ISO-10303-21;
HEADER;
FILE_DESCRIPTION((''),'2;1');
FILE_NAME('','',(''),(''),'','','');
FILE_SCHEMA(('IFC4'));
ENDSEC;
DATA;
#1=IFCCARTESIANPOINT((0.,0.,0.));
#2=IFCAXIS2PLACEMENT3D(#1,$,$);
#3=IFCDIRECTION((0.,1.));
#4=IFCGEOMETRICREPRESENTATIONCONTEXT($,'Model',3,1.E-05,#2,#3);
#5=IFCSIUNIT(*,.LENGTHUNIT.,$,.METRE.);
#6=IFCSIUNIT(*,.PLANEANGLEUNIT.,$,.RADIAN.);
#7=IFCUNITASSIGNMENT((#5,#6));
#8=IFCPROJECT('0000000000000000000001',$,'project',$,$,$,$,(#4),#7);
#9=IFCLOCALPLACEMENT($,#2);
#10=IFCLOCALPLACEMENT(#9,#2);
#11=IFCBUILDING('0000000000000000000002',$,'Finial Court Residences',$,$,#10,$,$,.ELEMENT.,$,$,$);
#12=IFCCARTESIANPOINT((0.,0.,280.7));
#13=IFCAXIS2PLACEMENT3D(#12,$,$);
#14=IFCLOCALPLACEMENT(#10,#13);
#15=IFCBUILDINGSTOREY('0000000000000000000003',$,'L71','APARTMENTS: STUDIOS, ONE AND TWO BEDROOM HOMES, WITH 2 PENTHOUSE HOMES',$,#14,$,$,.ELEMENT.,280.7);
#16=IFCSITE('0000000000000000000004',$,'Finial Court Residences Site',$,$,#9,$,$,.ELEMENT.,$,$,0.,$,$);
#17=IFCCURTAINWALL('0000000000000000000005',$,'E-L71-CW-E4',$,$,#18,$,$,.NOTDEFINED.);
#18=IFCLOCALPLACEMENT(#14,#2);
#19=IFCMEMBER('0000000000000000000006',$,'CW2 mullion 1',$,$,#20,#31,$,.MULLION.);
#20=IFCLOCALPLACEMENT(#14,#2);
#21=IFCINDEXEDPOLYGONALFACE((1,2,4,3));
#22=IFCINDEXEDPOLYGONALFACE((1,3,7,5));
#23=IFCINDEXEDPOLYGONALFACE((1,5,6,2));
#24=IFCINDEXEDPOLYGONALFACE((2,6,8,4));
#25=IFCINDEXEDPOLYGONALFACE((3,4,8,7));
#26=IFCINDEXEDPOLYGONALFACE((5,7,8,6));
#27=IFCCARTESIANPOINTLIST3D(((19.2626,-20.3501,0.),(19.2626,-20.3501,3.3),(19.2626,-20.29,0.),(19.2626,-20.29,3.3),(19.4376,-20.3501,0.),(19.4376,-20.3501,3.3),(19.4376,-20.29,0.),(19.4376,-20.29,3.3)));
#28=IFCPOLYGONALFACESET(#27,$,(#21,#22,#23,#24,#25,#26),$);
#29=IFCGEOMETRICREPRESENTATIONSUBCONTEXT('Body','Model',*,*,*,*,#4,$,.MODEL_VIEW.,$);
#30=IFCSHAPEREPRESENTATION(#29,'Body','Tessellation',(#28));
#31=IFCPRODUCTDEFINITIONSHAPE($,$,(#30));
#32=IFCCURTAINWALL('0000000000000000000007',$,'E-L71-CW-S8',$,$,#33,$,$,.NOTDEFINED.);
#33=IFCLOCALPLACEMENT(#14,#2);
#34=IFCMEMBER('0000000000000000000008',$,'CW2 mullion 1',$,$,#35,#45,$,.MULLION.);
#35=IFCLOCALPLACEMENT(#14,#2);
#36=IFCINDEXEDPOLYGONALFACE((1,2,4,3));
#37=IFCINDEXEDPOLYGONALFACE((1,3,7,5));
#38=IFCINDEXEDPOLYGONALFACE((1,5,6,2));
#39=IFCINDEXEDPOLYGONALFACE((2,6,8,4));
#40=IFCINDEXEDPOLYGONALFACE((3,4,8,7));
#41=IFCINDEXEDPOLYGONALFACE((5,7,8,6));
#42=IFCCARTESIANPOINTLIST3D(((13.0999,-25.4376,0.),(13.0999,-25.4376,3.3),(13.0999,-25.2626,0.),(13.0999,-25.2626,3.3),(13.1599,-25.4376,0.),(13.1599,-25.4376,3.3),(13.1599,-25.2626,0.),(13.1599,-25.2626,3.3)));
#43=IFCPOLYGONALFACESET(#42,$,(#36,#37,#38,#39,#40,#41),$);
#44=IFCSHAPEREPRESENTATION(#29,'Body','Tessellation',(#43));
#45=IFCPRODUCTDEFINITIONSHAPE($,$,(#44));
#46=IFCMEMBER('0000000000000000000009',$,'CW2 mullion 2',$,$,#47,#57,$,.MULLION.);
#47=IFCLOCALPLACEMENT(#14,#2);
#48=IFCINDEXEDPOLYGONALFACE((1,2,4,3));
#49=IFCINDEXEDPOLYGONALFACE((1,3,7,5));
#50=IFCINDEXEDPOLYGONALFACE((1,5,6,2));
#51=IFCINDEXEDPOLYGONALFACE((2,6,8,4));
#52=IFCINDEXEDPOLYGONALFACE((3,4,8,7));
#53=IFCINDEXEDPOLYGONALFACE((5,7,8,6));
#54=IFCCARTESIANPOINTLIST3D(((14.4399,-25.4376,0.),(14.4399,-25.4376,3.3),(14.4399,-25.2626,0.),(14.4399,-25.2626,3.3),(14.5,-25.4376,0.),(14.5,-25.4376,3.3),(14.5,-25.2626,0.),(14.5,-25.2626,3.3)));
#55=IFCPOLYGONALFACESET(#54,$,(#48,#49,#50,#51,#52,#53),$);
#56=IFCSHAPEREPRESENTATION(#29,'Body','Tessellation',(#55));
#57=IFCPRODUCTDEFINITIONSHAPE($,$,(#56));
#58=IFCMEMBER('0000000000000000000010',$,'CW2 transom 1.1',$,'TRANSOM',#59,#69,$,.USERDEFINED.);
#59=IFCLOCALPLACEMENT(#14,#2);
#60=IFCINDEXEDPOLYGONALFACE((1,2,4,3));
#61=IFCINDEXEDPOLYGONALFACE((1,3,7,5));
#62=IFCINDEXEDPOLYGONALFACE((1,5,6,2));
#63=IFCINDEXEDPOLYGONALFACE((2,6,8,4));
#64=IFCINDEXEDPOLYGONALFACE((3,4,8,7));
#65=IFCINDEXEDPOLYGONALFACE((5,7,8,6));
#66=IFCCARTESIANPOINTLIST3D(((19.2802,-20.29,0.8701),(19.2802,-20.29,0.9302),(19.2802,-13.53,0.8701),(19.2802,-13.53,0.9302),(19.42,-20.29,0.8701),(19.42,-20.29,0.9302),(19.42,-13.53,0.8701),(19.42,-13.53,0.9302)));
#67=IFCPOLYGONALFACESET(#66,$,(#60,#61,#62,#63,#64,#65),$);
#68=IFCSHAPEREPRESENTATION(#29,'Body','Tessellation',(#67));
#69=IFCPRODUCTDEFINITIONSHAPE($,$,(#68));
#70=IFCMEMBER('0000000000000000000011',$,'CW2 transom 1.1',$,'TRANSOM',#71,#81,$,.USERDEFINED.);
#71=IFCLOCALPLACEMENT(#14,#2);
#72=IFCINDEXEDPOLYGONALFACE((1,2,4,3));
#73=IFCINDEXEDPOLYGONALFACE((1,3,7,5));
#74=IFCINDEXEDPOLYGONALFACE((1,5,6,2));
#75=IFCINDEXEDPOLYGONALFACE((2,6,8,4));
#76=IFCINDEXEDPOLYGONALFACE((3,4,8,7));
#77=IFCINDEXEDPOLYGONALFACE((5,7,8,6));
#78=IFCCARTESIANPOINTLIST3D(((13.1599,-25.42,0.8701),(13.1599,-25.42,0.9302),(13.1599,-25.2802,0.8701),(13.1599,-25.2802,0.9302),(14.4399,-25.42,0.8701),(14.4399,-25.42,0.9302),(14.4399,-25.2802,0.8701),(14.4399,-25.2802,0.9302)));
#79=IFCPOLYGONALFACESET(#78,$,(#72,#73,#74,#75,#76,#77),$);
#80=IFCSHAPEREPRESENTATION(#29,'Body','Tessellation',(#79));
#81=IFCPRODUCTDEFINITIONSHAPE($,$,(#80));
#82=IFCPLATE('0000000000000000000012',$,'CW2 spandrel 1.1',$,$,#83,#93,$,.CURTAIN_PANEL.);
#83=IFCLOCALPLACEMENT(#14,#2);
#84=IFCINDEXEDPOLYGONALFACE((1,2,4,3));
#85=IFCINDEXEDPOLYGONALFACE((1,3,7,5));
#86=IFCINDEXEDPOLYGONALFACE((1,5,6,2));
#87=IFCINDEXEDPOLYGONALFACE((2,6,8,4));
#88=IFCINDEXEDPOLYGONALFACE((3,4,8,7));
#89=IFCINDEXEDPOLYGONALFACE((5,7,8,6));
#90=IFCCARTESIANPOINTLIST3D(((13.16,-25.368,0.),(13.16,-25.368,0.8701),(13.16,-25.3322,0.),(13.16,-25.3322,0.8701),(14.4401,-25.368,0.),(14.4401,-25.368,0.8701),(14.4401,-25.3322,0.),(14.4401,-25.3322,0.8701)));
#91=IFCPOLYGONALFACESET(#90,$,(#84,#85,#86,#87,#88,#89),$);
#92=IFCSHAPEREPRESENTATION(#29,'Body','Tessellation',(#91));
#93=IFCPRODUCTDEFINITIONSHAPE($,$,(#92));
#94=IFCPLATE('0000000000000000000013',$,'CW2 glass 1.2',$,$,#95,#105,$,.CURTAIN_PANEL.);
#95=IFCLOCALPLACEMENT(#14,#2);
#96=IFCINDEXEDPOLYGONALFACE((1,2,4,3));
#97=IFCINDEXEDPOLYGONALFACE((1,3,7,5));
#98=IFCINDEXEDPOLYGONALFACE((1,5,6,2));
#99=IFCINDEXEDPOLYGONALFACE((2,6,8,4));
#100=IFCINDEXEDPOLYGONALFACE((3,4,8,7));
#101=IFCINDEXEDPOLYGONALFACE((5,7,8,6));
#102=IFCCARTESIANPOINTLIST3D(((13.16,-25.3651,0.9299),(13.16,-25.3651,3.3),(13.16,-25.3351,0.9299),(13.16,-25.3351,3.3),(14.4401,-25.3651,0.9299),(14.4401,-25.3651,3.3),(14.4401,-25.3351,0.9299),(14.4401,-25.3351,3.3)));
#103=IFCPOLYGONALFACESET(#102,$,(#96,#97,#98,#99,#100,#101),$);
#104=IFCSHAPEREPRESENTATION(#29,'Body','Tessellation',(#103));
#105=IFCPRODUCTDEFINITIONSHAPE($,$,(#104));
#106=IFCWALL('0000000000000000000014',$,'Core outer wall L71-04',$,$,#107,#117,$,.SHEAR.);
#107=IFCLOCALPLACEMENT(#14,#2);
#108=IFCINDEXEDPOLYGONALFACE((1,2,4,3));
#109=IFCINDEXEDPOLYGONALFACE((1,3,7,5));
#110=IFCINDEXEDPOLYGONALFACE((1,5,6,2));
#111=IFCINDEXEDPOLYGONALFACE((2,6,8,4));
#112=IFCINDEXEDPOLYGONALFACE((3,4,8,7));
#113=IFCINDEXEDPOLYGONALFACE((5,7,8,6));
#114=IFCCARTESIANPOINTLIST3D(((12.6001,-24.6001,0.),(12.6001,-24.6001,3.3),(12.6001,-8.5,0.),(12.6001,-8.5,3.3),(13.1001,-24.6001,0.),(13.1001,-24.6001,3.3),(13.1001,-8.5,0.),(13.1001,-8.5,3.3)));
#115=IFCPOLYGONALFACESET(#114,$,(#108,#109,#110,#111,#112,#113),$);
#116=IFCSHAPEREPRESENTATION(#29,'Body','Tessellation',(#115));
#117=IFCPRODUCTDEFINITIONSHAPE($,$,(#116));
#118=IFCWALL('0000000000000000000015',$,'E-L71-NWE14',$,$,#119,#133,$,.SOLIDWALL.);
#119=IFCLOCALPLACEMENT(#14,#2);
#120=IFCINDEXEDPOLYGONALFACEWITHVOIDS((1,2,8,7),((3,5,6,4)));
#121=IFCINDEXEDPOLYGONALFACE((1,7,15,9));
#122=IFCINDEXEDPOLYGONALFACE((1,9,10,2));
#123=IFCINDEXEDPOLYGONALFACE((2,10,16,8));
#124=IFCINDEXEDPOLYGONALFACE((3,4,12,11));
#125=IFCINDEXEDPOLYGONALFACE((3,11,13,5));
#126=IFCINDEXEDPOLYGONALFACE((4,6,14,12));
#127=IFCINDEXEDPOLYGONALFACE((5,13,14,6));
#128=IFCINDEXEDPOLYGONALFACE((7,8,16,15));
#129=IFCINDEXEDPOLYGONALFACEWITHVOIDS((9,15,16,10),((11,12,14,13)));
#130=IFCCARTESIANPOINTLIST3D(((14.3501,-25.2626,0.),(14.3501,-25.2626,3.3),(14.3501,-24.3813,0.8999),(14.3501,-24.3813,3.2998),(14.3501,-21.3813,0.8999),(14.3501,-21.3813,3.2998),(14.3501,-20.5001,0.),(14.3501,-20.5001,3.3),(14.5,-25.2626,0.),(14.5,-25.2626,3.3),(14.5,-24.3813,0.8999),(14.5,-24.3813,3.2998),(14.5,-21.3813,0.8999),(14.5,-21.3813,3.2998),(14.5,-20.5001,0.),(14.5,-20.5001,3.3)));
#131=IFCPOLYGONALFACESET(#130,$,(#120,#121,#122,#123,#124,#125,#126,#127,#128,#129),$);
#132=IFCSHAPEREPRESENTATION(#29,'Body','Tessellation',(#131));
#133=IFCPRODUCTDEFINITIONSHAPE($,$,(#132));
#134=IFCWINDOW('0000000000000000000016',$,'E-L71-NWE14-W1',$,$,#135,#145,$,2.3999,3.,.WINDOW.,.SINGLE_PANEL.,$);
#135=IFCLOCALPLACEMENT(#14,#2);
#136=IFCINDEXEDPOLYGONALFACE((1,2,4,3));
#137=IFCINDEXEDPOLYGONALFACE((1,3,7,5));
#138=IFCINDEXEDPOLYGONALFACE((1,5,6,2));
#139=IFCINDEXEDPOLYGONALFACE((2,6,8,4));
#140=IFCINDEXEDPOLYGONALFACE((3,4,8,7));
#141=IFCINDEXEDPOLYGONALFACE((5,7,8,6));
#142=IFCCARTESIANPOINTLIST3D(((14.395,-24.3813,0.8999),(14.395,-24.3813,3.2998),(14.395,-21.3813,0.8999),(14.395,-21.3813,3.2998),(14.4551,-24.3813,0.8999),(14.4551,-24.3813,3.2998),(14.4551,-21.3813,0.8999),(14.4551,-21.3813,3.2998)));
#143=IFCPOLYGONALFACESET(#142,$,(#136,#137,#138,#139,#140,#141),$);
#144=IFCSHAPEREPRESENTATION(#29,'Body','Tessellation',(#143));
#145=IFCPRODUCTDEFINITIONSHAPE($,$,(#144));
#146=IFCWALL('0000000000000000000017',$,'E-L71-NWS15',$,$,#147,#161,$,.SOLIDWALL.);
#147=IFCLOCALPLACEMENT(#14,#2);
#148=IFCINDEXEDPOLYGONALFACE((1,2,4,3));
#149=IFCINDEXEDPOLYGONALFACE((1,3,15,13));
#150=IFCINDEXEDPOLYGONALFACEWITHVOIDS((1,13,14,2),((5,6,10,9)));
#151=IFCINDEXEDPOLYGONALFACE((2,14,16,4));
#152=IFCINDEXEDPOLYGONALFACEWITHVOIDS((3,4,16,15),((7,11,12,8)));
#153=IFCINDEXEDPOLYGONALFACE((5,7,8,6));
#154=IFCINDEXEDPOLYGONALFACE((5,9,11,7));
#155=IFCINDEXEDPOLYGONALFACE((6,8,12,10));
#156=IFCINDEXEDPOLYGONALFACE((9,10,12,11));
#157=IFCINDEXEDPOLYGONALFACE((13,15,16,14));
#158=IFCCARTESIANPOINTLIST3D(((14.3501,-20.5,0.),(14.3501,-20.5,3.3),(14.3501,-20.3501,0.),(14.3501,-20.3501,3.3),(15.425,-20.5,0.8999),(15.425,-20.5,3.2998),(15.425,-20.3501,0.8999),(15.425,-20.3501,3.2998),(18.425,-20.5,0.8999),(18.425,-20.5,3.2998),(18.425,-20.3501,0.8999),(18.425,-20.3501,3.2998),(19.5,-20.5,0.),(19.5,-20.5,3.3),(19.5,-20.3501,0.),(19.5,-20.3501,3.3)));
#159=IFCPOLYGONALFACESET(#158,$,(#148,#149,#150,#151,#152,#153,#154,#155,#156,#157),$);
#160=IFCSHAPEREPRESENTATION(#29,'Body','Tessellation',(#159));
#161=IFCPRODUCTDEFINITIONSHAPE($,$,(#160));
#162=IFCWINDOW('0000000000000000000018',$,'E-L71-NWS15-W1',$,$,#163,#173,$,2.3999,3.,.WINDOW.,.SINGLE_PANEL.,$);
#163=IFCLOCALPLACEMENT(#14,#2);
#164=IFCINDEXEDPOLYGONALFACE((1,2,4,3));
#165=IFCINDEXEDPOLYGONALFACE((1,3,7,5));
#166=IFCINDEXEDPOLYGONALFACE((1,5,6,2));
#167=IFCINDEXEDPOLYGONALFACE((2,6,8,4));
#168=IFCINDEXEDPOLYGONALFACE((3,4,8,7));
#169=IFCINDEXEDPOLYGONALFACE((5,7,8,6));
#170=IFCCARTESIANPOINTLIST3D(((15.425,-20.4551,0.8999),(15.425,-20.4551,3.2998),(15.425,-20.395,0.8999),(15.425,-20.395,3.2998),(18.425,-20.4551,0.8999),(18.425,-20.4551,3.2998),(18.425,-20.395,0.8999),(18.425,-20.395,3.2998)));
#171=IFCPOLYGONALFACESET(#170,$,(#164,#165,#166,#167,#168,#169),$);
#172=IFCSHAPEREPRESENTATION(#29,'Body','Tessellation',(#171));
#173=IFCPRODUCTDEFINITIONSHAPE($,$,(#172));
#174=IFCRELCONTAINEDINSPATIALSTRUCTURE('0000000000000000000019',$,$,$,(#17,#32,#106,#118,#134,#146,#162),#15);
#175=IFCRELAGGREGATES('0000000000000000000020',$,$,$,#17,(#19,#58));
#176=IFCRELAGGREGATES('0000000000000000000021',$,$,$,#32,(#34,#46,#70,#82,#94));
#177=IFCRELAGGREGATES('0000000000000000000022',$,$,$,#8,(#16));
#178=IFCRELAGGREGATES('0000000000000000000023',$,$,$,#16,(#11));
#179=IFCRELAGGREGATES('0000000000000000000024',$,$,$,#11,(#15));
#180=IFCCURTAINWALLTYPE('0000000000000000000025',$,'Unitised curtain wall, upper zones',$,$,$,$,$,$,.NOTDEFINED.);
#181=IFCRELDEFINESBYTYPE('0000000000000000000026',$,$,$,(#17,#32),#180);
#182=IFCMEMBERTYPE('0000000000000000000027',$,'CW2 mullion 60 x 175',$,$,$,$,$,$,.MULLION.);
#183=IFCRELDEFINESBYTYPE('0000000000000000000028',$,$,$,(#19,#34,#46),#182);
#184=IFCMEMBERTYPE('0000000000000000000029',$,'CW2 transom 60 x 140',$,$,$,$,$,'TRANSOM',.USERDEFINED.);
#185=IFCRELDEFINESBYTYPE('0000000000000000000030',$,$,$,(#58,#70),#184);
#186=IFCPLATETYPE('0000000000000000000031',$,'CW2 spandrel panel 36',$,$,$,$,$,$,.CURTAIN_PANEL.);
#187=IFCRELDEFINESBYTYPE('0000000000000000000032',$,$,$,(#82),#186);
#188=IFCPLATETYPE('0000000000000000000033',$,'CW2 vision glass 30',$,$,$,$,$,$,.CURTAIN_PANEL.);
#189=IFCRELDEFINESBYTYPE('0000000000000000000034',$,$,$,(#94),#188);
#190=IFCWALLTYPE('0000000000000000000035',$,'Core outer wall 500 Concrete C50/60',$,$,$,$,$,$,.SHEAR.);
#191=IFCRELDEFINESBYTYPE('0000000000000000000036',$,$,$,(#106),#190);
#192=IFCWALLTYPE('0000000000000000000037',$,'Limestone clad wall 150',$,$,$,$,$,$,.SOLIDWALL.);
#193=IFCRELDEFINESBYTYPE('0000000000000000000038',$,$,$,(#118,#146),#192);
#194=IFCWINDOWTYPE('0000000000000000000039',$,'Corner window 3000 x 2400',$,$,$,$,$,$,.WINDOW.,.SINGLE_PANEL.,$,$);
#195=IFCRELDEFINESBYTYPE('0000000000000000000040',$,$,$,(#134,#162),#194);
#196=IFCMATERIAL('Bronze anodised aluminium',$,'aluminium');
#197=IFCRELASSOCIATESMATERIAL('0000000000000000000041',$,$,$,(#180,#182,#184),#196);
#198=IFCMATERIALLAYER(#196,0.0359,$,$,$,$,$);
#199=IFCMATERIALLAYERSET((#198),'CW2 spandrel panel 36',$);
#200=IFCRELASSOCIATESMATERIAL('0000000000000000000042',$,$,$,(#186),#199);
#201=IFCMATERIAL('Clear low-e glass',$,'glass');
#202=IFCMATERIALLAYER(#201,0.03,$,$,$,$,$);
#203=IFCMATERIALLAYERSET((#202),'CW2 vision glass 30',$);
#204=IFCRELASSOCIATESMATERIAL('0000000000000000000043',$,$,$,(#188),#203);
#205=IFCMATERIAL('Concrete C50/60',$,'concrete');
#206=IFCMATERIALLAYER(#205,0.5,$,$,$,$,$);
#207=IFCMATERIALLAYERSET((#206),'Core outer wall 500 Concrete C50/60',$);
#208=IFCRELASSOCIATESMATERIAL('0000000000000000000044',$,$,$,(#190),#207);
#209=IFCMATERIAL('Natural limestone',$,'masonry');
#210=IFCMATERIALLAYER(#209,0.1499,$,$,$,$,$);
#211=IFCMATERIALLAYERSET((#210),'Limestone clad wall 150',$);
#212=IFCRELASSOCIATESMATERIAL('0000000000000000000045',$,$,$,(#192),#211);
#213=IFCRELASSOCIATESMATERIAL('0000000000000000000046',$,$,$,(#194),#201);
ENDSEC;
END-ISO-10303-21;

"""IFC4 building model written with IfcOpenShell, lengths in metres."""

from ifc_helpers import new_model, si_unit, direction, frame, frame_2d, origin, origin_2d, place, context, subcontext, project, spatial, rectangle, extrude, material, layer, layer_set, material_profile, profile_set, type_object, element, fill, aggregate, save


model = new_model("IFC4")

# Units and contexts
model_context = context("Model", 3, precision=1e-05, world=origin(), true_north=direction((0.0, 1.0)))
body_context = subcontext(model_context, "Body", "Model", "MODEL_VIEW")
ifc_project = project(units=[si_unit("LENGTHUNIT", "METRE"), si_unit("PLANEANGLEUNIT", "RADIAN")], contexts=[model_context])

# Site, building, storey
site_placement = place(None, origin())
site = spatial("IfcSite", under=ifc_project, at=site_placement, Name="Finial Court Residences Site", CompositionType="ELEMENT", RefElevation=0.0)
building_placement = place(site_placement, origin())
building = spatial("IfcBuilding", under=site, at=building_placement, Name="Finial Court Residences", CompositionType="ELEMENT")
storey_placement = place(building_placement, frame((0.0, 0.0, 280.7)))
storey = spatial("IfcBuildingStorey", under=building, at=storey_placement, Name="L71", Description="APARTMENTS: STUDIOS, ONE AND TWO BEDROOM HOMES, WITH 2 PENTHOUSE HOMES", CompositionType="ELEMENT", Elevation=280.7)

# Curtain wall, member
ifc_material_1 = material(Name="Bronze anodised aluminium", Category="aluminium")
curtain_wall_type = type_object("IfcCurtainWallType", Name="Unitised curtain wall, upper zones", PredefinedType="NOTDEFINED", material=ifc_material_1)
curtain_wall_1_placement = place(storey_placement, origin())
curtain_wall_1 = element("IfcCurtainWall", 1, at=curtain_wall_1_placement, inside=storey, type_object=curtain_wall_type, Name="E-L71-CW-E4", PredefinedType="NOTDEFINED")
ifc_material_profile_1 = material_profile(ifc_material_1, rectangle(XDim=0.175, YDim=0.0601, at=origin_2d()), Name="CW2 mullion 60 x 175")
ifc_profile_set_1 = profile_set([ifc_material_profile_1], Name="Bronze anodised aluminium")
member_type_1 = type_object("IfcMemberType", Name="CW2 mullion 60 x 175", PredefinedType="MULLION", material=ifc_profile_set_1)
member_1_placement = place(storey_placement, frame((19.3501, -20.3201, 0.0), z_axis=(0.0, 0.0, 1.0), x_axis=(-1.0, 0.0, 0.0)))
member_1 = element("IfcMember", 2, at=member_1_placement, type_object=member_type_1, Name="CW2 mullion 1", PredefinedType="MULLION", context=body_context, shape_type="SweptSolid", body=[
    extrude(rectangle(XDim=0.175, YDim=0.0601, at=origin_2d()), origin(), (0.0, 0.0, 1.0), 3.3),
])

# Curtain wall, members
curtain_wall_2_placement = place(storey_placement, origin())
curtain_wall_2 = element("IfcCurtainWall", 3, at=curtain_wall_2_placement, inside=storey, type_object=curtain_wall_type, Name="E-L71-CW-S8", PredefinedType="NOTDEFINED")
member_2_placement = place(storey_placement, frame((13.1299, -25.3501, 0.0), z_axis=(0.0, 0.0, 1.0), x_axis=(0.0, 1.0, 0.0)))
member_2 = element("IfcMember", 4, at=member_2_placement, type_object=member_type_1, Name="CW2 mullion 1", PredefinedType="MULLION", context=body_context, shape_type="SweptSolid", body=[
    extrude(rectangle(XDim=0.175, YDim=0.0601, at=origin_2d()), origin(), (0.0, 0.0, 1.0), 3.3),
])
member_3_placement = place(storey_placement, frame((14.47, -25.3501, 0.0), z_axis=(0.0, 0.0, 1.0), x_axis=(0.0, 1.0, 0.0)))
member_3 = element("IfcMember", 5, at=member_3_placement, type_object=member_type_1, Name="CW2 mullion 2", PredefinedType="MULLION", context=body_context, shape_type="SweptSolid", body=[
    extrude(rectangle(XDim=0.175, YDim=0.0601, at=origin_2d()), origin(), (0.0, 0.0, 1.0), 3.3),
])

# Members
ifc_material_profile_2 = material_profile(ifc_material_1, rectangle(XDim=0.1399, YDim=0.0601, at=origin_2d()), Name="CW2 transom 60 x 140")
ifc_profile_set_2 = profile_set([ifc_material_profile_2], Name="Bronze anodised aluminium")
member_type_2 = type_object("IfcMemberType", Name="CW2 transom 60 x 140", ElementType="TRANSOM", PredefinedType="USERDEFINED", material=ifc_profile_set_2)
member_4_placement = place(storey_placement, frame((19.3501, -20.29, 0.9001), z_axis=(0.0, 1.0, 0.0), x_axis=(-1.0, 0.0, 0.0)))
member_4 = element("IfcMember", 6, at=member_4_placement, type_object=member_type_2, Name="CW2 transom 1.1", ObjectType="TRANSOM", PredefinedType="USERDEFINED", context=body_context, shape_type="SweptSolid", body=[
    extrude(rectangle(XDim=0.1399, YDim=0.0601, at=origin_2d()), origin(), (0.0, 0.0, 1.0), 6.76),
])
aggregate(curtain_wall_1, [member_1, member_4])
member_5_placement = place(storey_placement, frame((13.1599, -25.3501, 0.9001), z_axis=(1.0, 0.0, 0.0), x_axis=(0.0, 1.0, 0.0)))
member_5 = element("IfcMember", 7, at=member_5_placement, type_object=member_type_2, Name="CW2 transom 1.1", ObjectType="TRANSOM", PredefinedType="USERDEFINED", context=body_context, shape_type="SweptSolid", body=[
    extrude(rectangle(XDim=0.1399, YDim=0.0601, at=origin_2d()), origin(), (0.0, 0.0, 1.0), 1.28),
])

# Plates
ifc_layer_1 = layer(ifc_material_1, 0.0359)
ifc_layer_set_1 = layer_set([ifc_layer_1], Name="CW2 spandrel panel 36")
plate_type_1 = type_object("IfcPlateType", Name="CW2 spandrel panel 36", PredefinedType="CURTAIN_PANEL", material=ifc_layer_set_1)
plate_1_placement = place(storey_placement, frame((13.8, -25.3501, 0.0), z_axis=(0.0, 0.0, 1.0), x_axis=(1.0, 0.0, 0.0)))
plate_1 = element("IfcPlate", 8, at=plate_1_placement, type_object=plate_type_1, Name="CW2 spandrel 1.1", PredefinedType="CURTAIN_PANEL", context=body_context, shape_type="SweptSolid", body=[
    extrude(rectangle(XDim=1.28, YDim=0.0359, at=origin_2d()), origin(), (0.0, 0.0, 1.0), 0.8701),
])
ifc_material_2 = material(Name="Clear low-e glass", Category="glass")
ifc_layer_2 = layer(ifc_material_2, 0.03)
ifc_layer_set_2 = layer_set([ifc_layer_2], Name="CW2 vision glass 30")
plate_type_2 = type_object("IfcPlateType", Name="CW2 vision glass 30", PredefinedType="CURTAIN_PANEL", material=ifc_layer_set_2)
plate_2_placement = place(storey_placement, frame((13.8, -25.3501, 0.9299), z_axis=(0.0, 0.0, 1.0), x_axis=(1.0, 0.0, 0.0)))
plate_2 = element("IfcPlate", 9, at=plate_2_placement, type_object=plate_type_2, Name="CW2 glass 1.2", PredefinedType="CURTAIN_PANEL", context=body_context, shape_type="SweptSolid", body=[
    extrude(rectangle(XDim=1.28, YDim=0.03, at=origin_2d()), origin(), (0.0, 0.0, 1.0), 2.3701),
])
aggregate(curtain_wall_2, [member_2, member_3, member_5, plate_1, plate_2])

# Wall
ifc_material_3 = material(Name="Concrete C50/60", Category="concrete")
ifc_layer_3 = layer(ifc_material_3, 0.5)
ifc_layer_set_3 = layer_set([ifc_layer_3], Name="Core outer wall 500 Concrete C50/60")
wall_type_1 = type_object("IfcWallType", Name="Core outer wall 500 Concrete C50/60", PredefinedType="SHEAR", material=ifc_layer_set_3)
wall_1_placement = place(storey_placement, frame((12.8501, -24.6001, 0.0), z_axis=(0.0, 0.0, 1.0), x_axis=(0.0, 1.0, 0.0)))
element("IfcWall", 10, at=wall_1_placement, inside=storey, type_object=wall_type_1, Name="Core outer wall L71-04", PredefinedType="SHEAR", context=body_context, shape_type="SweptSolid", body=[
    extrude(rectangle(XDim=16.1001, YDim=0.5, at=frame_2d((8.05, 0.0))), origin(), (0.0, 0.0, 1.0), 3.3),
])

# Walls, openings, windows
ifc_material_4 = material(Name="Natural limestone", Category="masonry")
ifc_layer_4 = layer(ifc_material_4, 0.1499)
ifc_layer_set_4 = layer_set([ifc_layer_4], Name="Limestone clad wall 150")
wall_type_2 = type_object("IfcWallType", Name="Limestone clad wall 150", PredefinedType="SOLIDWALL", material=ifc_layer_set_4)
wall_2_placement = place(storey_placement, frame((14.425, -20.5, 0.0), z_axis=(0.0, 0.0, 1.0), x_axis=(0.0, -1.0, 0.0)))
wall_2 = element("IfcWall", 11, at=wall_2_placement, inside=storey, type_object=wall_type_2, Name="E-L71-NWE14", PredefinedType="SOLIDWALL", context=body_context, shape_type="SweptSolid", body=[
    extrude(rectangle(XDim=4.7625, YDim=0.1499, at=frame_2d((2.3813, 0.0))), origin(), (0.0, 0.0, 1.0), 3.3),
])
opening_1_placement = place(wall_2_placement, frame((0.8813, 0.0, 0.8999)))
opening_1 = element("IfcOpeningElement", 12, at=opening_1_placement, cuts=wall_2, PredefinedType="OPENING", context=body_context, shape_type="SweptSolid", body=[
    extrude(rectangle(XDim=3.0, YDim=2.3999, at=frame_2d((1.5, 1.2))), frame((0.0, 0.085, 0.0), z_axis=(0.0, -1.0, 0.0), x_axis=(1.0, 0.0, 0.0)), (0.0, 0.0, 1.0), 0.1699),
])
window_type = type_object("IfcWindowType", Name="Corner window 3000 x 2400", PartitioningType="SINGLE_PANEL", PredefinedType="WINDOW", material=ifc_material_2)
window_1_placement = place(opening_1_placement, origin())
window_1 = element("IfcWindow", 13, at=window_1_placement, inside=storey, type_object=window_type, Name="E-L71-NWE14-W1", OverallHeight=2.3999, OverallWidth=3.0, PartitioningType="SINGLE_PANEL", PredefinedType="WINDOW", context=body_context, shape_type="SweptSolid", body=[
    extrude(rectangle(XDim=3.0, YDim=2.3999, at=frame_2d((1.5, 1.2))), frame((0.0, 0.03, 0.0), z_axis=(0.0, -1.0, 0.0), x_axis=(1.0, 0.0, 0.0)), (0.0, 0.0, 1.0), 0.0601),
])
fill(opening_1, window_1)
wall_3_placement = place(storey_placement, frame((19.5, -20.425, 0.0), z_axis=(0.0, 0.0, 1.0), x_axis=(-1.0, 0.0, 0.0)))
wall_3 = element("IfcWall", 14, at=wall_3_placement, inside=storey, type_object=wall_type_2, Name="E-L71-NWS15", PredefinedType="SOLIDWALL", context=body_context, shape_type="SweptSolid", body=[
    extrude(rectangle(XDim=5.1499, YDim=0.1499, at=frame_2d((2.575, 0.0))), origin(), (0.0, 0.0, 1.0), 3.3),
])
opening_2_placement = place(wall_3_placement, frame((1.075, 0.0, 0.8999)))
opening_2 = element("IfcOpeningElement", 15, at=opening_2_placement, cuts=wall_3, PredefinedType="OPENING", context=body_context, shape_type="SweptSolid", body=[
    extrude(rectangle(XDim=3.0, YDim=2.3999, at=frame_2d((1.5, 1.2))), frame((0.0, 0.085, 0.0), z_axis=(0.0, -1.0, 0.0), x_axis=(1.0, 0.0, 0.0)), (0.0, 0.0, 1.0), 0.1699),
])
window_2_placement = place(opening_2_placement, origin())
window_2 = element("IfcWindow", 16, at=window_2_placement, inside=storey, type_object=window_type, Name="E-L71-NWS15-W1", OverallHeight=2.3999, OverallWidth=3.0, PartitioningType="SINGLE_PANEL", PredefinedType="WINDOW", context=body_context, shape_type="SweptSolid", body=[
    extrude(rectangle(XDim=3.0, YDim=2.3999, at=frame_2d((1.5, 1.2))), frame((0.0, 0.03, 0.0), z_axis=(0.0, -1.0, 0.0), x_axis=(1.0, 0.0, 0.0)), (0.0, 0.0, 1.0), 0.0601),
])
fill(opening_2, window_2)

save(model, "model.ifc")
